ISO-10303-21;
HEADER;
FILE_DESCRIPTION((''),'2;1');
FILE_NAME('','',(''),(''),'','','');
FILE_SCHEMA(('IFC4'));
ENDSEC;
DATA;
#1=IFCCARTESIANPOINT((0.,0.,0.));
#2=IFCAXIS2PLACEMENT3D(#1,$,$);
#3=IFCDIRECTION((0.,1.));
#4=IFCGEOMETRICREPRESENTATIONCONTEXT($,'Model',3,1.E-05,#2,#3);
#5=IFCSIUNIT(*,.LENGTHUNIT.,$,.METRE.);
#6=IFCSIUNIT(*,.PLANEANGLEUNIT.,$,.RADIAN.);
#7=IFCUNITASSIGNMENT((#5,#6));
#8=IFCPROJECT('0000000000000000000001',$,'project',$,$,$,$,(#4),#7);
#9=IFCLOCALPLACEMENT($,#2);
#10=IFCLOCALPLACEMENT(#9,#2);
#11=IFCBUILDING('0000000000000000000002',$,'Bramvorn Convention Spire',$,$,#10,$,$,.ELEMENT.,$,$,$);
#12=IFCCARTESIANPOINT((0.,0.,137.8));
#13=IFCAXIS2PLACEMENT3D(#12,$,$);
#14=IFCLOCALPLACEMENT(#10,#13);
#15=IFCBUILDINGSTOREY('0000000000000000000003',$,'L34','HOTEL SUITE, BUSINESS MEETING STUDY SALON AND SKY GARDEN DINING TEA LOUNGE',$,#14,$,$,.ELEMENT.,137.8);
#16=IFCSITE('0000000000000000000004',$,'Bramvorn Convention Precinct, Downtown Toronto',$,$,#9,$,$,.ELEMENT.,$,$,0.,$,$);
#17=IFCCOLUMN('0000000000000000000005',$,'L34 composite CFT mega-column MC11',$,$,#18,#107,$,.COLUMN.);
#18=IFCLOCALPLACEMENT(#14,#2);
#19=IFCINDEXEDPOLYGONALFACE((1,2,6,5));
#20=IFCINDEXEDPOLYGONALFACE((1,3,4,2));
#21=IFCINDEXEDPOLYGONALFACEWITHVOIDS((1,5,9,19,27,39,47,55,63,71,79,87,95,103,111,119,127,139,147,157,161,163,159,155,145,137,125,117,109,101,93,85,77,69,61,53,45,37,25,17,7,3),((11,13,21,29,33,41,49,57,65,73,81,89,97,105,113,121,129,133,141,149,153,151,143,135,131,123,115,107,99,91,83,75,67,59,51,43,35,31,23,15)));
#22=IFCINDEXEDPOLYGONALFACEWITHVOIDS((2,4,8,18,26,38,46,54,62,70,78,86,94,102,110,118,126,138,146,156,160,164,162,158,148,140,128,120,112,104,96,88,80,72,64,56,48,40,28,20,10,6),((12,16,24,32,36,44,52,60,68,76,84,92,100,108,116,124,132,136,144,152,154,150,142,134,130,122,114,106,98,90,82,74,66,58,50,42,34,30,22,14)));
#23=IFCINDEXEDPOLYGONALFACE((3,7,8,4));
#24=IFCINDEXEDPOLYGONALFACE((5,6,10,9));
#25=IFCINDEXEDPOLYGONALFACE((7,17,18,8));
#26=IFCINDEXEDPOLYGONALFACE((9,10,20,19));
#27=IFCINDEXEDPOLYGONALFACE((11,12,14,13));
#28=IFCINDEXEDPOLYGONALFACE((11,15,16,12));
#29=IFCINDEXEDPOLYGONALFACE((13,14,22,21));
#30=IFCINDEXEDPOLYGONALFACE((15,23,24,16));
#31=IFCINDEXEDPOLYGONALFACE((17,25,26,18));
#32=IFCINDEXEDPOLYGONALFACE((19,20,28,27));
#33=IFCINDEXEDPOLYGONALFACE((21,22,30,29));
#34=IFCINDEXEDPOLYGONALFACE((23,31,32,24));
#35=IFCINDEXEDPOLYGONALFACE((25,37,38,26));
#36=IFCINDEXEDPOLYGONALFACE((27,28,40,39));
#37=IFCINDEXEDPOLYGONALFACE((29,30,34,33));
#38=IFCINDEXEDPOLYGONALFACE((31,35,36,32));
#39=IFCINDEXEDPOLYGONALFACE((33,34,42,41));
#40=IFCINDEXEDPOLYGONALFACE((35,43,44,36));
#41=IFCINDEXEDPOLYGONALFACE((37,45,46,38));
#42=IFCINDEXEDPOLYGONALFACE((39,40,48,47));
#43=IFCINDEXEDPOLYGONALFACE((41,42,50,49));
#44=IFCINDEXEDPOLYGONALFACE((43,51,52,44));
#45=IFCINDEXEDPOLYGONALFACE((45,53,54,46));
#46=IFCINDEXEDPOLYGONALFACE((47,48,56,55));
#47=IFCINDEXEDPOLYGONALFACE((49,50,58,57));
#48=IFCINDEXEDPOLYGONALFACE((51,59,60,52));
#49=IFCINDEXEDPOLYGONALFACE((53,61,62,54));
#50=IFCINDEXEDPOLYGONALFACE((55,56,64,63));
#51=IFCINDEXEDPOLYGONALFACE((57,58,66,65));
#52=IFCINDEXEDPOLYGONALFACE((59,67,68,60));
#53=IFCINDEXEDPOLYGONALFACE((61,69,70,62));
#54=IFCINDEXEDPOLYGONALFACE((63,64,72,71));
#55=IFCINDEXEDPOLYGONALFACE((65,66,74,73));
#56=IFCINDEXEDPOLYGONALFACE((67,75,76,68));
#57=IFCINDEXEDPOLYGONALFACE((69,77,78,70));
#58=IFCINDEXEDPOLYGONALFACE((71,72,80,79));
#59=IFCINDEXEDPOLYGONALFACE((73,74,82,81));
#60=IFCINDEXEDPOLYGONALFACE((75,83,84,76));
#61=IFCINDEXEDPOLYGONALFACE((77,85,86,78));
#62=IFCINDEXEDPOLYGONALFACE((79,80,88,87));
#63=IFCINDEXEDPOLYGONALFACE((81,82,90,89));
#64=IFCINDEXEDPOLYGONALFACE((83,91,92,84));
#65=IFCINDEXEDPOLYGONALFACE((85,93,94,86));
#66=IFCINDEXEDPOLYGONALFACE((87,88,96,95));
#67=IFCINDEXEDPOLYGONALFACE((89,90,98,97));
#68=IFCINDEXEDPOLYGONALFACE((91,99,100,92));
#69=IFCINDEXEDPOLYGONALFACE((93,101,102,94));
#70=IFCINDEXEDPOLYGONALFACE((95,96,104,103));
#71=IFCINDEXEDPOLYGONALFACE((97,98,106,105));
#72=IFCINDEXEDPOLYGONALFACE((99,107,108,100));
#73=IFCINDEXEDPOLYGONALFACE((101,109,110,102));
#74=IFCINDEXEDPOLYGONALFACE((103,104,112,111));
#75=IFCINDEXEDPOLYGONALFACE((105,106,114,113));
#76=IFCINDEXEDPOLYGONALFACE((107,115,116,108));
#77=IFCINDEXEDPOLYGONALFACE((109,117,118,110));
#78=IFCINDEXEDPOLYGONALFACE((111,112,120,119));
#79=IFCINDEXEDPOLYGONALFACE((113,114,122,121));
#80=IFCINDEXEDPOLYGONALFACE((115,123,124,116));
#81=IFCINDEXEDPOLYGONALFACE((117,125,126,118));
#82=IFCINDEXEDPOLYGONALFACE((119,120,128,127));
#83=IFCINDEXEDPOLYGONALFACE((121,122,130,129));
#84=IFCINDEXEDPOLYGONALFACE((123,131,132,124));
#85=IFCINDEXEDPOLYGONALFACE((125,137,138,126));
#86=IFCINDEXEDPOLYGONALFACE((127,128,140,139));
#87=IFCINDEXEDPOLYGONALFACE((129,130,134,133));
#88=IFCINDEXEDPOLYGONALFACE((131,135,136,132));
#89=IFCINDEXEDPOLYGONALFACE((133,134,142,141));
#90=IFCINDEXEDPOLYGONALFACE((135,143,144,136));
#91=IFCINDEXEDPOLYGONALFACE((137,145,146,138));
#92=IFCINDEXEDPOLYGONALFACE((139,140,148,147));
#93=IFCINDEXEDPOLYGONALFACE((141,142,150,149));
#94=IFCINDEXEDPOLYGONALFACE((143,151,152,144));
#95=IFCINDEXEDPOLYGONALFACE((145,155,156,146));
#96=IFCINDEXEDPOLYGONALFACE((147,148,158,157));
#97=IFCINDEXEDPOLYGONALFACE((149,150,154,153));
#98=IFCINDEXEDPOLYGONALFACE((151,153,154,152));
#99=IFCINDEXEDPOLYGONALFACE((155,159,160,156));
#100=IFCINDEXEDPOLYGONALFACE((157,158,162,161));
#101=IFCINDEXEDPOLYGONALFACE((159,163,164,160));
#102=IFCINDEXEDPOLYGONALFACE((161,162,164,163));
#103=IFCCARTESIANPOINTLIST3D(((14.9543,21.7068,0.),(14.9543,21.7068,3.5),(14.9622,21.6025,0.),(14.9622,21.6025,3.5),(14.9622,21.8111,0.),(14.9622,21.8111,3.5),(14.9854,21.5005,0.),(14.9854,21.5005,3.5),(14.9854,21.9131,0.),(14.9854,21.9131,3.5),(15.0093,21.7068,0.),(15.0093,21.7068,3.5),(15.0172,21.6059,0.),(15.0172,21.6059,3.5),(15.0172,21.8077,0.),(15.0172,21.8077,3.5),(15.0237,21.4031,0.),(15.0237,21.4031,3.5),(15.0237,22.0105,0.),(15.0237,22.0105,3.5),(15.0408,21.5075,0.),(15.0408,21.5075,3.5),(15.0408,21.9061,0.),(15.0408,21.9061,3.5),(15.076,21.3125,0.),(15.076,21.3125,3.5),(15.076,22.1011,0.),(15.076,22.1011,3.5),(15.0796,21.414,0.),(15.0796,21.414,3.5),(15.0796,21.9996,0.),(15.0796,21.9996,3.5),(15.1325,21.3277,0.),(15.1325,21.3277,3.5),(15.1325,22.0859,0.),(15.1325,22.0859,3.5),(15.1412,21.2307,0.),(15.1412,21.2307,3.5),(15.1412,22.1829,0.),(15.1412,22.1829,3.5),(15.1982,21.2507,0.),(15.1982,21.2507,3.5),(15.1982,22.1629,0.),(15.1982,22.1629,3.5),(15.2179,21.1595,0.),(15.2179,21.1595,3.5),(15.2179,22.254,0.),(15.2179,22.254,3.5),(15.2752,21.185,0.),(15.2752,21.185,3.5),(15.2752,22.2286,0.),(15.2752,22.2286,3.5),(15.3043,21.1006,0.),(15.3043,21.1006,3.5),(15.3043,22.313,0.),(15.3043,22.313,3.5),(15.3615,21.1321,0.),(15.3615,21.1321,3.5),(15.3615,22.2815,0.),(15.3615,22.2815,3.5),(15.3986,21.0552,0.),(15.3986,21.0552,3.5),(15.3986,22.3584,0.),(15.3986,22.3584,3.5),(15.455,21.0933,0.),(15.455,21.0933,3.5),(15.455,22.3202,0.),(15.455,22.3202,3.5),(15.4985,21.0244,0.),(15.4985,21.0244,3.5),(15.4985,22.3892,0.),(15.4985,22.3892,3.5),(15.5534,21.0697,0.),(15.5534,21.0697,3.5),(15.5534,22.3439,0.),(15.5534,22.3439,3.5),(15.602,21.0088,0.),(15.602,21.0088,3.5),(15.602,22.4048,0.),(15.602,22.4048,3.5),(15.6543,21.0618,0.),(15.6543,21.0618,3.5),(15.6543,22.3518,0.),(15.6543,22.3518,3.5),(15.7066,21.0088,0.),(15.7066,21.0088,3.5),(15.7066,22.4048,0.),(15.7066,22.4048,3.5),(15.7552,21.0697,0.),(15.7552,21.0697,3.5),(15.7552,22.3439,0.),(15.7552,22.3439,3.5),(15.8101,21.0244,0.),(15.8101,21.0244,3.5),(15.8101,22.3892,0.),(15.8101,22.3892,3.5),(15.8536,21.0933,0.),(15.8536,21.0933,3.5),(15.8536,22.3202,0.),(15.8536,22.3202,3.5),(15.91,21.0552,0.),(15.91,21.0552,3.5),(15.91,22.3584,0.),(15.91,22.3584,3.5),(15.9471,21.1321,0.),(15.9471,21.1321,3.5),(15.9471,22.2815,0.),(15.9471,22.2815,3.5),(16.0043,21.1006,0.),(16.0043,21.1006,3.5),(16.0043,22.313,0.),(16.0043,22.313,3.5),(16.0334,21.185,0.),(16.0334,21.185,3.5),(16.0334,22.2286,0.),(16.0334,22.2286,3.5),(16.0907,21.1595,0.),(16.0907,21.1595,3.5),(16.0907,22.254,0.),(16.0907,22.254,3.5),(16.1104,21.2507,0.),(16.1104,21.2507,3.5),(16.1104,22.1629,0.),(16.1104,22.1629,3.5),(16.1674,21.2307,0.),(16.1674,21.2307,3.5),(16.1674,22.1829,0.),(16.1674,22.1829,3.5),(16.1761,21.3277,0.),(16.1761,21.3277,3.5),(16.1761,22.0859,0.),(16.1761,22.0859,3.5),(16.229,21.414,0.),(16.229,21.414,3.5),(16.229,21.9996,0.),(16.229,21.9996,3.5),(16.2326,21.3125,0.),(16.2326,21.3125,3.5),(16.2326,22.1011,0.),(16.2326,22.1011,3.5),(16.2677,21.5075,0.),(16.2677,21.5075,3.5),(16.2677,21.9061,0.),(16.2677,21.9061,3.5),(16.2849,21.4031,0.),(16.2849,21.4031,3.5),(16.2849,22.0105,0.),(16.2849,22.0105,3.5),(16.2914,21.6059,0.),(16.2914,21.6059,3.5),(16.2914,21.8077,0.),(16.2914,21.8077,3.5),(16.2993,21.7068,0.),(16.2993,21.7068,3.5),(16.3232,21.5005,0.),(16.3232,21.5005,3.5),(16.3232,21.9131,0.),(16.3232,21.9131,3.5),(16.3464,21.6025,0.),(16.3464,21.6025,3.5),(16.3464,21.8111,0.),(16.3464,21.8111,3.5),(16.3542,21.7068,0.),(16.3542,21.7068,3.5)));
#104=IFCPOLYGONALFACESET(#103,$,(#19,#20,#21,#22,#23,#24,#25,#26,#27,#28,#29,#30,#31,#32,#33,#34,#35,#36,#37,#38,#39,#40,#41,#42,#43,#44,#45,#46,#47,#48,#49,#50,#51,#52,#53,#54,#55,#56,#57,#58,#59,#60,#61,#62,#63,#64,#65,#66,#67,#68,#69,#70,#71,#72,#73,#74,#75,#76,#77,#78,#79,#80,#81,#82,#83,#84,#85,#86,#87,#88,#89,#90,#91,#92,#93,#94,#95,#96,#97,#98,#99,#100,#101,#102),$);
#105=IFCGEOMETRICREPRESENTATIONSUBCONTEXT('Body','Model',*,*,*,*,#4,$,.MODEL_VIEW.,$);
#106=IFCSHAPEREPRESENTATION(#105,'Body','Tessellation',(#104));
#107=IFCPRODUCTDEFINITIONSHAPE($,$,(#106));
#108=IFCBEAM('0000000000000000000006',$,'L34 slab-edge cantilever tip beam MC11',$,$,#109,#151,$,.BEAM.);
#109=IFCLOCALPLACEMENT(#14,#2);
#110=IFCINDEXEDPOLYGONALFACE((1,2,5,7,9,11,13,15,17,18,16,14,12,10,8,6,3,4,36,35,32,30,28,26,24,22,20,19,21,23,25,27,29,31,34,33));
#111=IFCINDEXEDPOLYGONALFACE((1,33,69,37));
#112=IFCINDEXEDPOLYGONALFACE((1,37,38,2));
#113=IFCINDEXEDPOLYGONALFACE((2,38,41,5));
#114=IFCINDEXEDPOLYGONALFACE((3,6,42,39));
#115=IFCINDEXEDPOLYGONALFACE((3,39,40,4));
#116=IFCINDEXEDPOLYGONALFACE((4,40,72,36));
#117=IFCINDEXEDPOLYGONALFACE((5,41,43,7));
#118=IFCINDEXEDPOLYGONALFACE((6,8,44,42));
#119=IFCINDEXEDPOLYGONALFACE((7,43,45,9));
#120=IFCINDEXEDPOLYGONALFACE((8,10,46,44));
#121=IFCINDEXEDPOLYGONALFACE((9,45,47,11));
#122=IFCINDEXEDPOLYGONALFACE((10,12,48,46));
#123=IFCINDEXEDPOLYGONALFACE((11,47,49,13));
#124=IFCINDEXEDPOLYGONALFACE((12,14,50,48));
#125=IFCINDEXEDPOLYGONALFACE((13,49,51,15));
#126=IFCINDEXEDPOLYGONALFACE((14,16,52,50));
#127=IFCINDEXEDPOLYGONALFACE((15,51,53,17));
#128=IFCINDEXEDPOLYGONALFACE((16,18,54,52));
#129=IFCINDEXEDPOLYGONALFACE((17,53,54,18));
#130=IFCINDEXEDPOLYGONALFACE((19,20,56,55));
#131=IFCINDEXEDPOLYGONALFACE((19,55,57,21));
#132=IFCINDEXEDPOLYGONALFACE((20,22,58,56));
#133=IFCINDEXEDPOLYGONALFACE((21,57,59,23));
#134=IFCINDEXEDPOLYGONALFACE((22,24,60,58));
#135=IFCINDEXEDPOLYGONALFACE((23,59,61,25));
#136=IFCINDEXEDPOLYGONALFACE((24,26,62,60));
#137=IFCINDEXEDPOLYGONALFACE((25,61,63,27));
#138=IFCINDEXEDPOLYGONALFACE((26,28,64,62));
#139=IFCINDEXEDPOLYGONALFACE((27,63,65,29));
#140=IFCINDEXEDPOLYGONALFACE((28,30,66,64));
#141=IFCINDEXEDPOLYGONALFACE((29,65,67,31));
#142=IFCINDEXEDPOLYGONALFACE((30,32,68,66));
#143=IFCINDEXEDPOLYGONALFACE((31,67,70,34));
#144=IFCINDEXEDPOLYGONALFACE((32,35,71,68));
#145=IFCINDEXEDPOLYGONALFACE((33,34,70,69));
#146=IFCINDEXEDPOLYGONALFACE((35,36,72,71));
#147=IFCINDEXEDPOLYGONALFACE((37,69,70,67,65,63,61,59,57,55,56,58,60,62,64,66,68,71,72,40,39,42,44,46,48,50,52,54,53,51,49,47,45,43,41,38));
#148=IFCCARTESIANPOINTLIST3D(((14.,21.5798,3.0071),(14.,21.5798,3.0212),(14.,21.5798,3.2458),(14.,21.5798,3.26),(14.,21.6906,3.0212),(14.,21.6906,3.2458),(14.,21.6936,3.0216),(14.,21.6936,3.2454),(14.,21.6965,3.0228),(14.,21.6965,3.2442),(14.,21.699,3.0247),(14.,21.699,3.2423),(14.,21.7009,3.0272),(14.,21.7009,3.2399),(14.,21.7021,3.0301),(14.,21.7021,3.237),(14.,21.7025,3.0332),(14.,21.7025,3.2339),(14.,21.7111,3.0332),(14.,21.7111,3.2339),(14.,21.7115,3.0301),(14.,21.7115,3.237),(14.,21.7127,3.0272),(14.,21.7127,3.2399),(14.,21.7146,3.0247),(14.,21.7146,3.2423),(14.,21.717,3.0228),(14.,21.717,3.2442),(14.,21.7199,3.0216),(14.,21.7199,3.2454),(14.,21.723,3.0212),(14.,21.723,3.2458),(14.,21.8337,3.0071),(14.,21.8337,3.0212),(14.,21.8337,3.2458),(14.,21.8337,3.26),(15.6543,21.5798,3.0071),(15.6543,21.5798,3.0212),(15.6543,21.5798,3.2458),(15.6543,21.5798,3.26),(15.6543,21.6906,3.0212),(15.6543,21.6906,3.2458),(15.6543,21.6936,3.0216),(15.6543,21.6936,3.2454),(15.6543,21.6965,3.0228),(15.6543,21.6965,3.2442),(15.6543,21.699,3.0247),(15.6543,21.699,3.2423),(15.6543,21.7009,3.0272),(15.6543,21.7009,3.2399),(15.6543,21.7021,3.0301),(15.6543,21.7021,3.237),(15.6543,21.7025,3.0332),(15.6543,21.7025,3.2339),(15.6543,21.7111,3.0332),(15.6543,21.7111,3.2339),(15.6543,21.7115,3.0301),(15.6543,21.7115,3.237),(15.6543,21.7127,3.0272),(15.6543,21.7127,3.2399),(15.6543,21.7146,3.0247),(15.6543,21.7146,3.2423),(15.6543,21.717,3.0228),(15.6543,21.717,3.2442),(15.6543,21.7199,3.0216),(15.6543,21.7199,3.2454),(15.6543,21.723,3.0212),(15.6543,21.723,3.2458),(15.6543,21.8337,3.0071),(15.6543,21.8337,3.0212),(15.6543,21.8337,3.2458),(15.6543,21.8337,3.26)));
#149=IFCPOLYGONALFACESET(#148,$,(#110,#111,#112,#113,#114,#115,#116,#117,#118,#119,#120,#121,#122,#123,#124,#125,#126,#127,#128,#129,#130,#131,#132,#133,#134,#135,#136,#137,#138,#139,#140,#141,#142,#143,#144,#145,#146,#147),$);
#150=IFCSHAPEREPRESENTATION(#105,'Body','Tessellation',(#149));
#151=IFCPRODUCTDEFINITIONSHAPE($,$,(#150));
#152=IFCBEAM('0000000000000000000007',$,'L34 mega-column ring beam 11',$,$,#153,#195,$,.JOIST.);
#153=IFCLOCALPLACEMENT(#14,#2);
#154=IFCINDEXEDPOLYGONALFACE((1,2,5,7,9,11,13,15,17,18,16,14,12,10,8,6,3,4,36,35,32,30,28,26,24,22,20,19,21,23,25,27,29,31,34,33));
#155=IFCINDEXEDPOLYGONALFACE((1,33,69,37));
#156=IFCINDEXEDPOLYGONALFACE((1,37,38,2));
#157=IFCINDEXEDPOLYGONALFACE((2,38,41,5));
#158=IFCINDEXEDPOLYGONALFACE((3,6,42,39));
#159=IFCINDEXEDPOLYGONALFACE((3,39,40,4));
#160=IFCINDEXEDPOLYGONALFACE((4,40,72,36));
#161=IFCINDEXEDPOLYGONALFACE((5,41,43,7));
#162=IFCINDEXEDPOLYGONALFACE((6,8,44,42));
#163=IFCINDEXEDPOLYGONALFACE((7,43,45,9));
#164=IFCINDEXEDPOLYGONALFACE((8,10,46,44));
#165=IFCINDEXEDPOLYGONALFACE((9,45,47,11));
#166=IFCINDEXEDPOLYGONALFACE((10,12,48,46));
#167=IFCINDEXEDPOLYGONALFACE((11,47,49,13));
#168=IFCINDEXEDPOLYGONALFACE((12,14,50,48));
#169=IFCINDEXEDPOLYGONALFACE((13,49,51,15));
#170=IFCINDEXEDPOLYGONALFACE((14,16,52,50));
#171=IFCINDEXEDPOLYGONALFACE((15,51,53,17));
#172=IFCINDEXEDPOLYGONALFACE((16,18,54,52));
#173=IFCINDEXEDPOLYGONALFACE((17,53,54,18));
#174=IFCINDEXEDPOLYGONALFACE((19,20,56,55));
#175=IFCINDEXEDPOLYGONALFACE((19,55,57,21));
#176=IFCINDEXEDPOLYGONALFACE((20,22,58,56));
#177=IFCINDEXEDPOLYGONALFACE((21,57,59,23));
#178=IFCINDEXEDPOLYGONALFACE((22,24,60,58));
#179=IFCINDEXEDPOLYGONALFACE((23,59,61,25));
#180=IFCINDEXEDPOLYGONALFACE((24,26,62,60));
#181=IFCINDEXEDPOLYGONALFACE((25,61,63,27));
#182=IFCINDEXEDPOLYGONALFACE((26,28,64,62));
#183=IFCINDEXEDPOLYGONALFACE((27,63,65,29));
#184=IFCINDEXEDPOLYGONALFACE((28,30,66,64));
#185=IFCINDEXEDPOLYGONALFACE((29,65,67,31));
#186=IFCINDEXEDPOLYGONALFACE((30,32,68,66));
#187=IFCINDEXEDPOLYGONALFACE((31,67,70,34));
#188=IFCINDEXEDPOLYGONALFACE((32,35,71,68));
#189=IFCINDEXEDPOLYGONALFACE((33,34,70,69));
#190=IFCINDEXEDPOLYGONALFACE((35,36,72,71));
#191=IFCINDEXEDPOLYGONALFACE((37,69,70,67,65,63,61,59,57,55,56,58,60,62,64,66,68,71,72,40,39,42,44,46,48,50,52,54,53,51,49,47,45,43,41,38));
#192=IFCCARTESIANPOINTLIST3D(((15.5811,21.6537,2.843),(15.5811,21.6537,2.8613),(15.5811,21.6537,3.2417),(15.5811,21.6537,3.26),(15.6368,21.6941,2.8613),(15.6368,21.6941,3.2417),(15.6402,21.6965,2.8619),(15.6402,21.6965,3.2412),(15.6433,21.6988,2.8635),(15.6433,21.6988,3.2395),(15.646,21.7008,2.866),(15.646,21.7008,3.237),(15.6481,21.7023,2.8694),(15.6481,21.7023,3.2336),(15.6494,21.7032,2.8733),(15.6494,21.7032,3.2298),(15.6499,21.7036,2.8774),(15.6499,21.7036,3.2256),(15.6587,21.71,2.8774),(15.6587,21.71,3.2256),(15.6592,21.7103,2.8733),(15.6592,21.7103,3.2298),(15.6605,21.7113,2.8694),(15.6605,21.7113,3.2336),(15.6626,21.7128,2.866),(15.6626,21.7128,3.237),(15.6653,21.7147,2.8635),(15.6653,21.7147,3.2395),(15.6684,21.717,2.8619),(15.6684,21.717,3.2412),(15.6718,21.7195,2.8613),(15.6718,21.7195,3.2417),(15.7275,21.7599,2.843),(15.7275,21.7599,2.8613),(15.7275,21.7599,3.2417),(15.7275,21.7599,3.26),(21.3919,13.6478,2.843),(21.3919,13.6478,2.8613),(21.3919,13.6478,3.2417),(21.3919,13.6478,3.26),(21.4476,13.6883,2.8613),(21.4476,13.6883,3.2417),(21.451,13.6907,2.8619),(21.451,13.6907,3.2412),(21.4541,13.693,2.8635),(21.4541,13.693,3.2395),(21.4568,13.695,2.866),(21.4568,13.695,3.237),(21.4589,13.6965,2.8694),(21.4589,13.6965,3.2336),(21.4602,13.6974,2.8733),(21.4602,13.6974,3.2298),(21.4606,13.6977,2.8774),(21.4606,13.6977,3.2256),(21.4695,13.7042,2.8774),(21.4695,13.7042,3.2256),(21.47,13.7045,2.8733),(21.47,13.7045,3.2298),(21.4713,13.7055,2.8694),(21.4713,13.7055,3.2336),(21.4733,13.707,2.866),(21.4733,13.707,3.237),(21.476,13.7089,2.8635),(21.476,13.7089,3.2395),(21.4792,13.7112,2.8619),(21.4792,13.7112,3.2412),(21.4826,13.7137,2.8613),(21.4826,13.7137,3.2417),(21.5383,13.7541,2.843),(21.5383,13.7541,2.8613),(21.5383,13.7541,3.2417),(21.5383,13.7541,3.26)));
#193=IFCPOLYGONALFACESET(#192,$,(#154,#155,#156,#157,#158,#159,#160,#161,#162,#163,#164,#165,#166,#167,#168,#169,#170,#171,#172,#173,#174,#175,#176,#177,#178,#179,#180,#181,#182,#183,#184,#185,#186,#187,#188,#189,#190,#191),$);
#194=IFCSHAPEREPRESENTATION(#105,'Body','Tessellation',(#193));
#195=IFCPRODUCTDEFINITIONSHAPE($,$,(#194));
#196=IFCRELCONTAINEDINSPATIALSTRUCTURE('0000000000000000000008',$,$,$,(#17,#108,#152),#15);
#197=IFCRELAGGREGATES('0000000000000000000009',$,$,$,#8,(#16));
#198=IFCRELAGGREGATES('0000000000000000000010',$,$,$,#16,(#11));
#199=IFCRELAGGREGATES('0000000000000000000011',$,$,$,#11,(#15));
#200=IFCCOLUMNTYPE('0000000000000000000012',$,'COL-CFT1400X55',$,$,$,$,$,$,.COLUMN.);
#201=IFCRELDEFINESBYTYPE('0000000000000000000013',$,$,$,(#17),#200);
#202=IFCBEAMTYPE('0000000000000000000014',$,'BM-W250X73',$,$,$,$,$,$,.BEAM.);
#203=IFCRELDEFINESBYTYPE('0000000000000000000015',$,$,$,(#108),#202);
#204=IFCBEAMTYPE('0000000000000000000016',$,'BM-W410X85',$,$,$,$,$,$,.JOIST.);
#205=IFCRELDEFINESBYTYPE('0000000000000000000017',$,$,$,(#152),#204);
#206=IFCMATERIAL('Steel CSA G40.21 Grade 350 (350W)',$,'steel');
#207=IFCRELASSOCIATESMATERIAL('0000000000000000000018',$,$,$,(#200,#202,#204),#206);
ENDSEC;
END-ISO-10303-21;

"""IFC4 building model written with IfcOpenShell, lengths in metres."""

from ifc_helpers import new_model, si_unit, direction, frame, origin, origin_2d, place, context, subcontext, project, spatial, hollow_circle, i_section, extrude, material, material_profile, profile_set, type_object, element, save


model = new_model("IFC4")

# Units and contexts
model_context = context("Model", 3, precision=1e-05, world=origin(), true_north=direction((0.0, 1.0)))
body_context = subcontext(model_context, "Body", "Model", "MODEL_VIEW")
ifc_project = project(units=[si_unit("LENGTHUNIT", "METRE"), si_unit("PLANEANGLEUNIT", "RADIAN")], contexts=[model_context])

# Site, building, storey
site_placement = place(None, origin())
site = spatial("IfcSite", under=ifc_project, at=site_placement, Name="Bramvorn Convention Precinct, Downtown Toronto", CompositionType="ELEMENT", RefElevation=0.0)
building_placement = place(site_placement, origin())
building = spatial("IfcBuilding", under=site, at=building_placement, Name="Bramvorn Convention Spire", CompositionType="ELEMENT")
storey_placement = place(building_placement, frame((0.0, 0.0, 137.8)))
storey = spatial("IfcBuildingStorey", under=building, at=storey_placement, Name="L34", Description="HOTEL SUITE, BUSINESS MEETING STUDY SALON AND SKY GARDEN DINING TEA LOUNGE", CompositionType="ELEMENT", Elevation=137.8)

# Column
ifc_material_1 = material(Name="Steel CSA G40.21 Grade 350 (350W)", Category="steel")
ifc_material_profile_1 = material_profile(ifc_material_1, hollow_circle(Radius=0.7, WallThickness=0.0549, at=origin_2d()))
ifc_profile_set_1 = profile_set([ifc_material_profile_1], Name="Steel CSA G40.21 Grade 350 (350W) - CFT1400X55")
column_type = type_object("IfcColumnType", Name="COL-CFT1400X55", PredefinedType="COLUMN", material=ifc_profile_set_1)
column_placement = place(storey_placement, frame((15.6543, 21.7068, 0.0), z_axis=(0.0, 0.0, 1.0), x_axis=(1.0, 0.0, 0.0)))
element("IfcColumn", 1, at=column_placement, inside=storey, type_object=column_type, Name="L34 composite CFT mega-column MC11", PredefinedType="COLUMN", context=body_context, shape_type="SweptSolid", body=[
    extrude(hollow_circle(Radius=0.7, WallThickness=0.0549, at=origin_2d()), origin(), (0.0, 0.0, 1.0), 3.5),
])

# Beams
ifc_material_profile_2 = material_profile(ifc_material_1, i_section(OverallWidth=0.2539, OverallDepth=0.2529, WebThickness=0.0085, FlangeThickness=0.0142, FilletRadius=0.012, at=origin_2d()))
ifc_profile_set_2 = profile_set([ifc_material_profile_2], Name="Steel CSA G40.21 Grade 350 (350W) - W250X73")
beam_type_1 = type_object("IfcBeamType", Name="BM-W250X73", PredefinedType="BEAM", material=ifc_profile_set_2)
beam_1_placement = place(storey_placement, frame((15.6543, 21.7068, 3.1335), z_axis=(-1.0, 0.0, 0.0), x_axis=(0.0, -1.0, 0.0)))
element("IfcBeam", 2, at=beam_1_placement, inside=storey, type_object=beam_type_1, Name="L34 slab-edge cantilever tip beam MC11", PredefinedType="BEAM", context=body_context, shape_type="SweptSolid", body=[
    extrude(i_section(OverallWidth=0.2539, OverallDepth=0.2529, WebThickness=0.0085, FlangeThickness=0.0142, FilletRadius=0.012, at=origin_2d()), origin(), (0.0, 0.0, 1.0), 1.6543),
])
ifc_material_profile_3 = material_profile(ifc_material_1, i_section(OverallWidth=0.1809, OverallDepth=0.417, WebThickness=0.011, FlangeThickness=0.0183, FilletRadius=0.0161, at=origin_2d()))
ifc_profile_set_3 = profile_set([ifc_material_profile_3], Name="Steel CSA G40.21 Grade 350 (350W) - W410X85")
beam_type_2 = type_object("IfcBeamType", Name="BM-W410X85", PredefinedType="JOIST", material=ifc_profile_set_3)
beam_2_placement = place(storey_placement, frame((15.6543, 21.7068, 3.0515), z_axis=(0.587401, -0.809296, 0.0), x_axis=(0.809296, 0.587401, 0.0)))
element("IfcBeam", 3, at=beam_2_placement, inside=storey, type_object=beam_type_2, Name="L34 mega-column ring beam 11", PredefinedType="JOIST", context=body_context, shape_type="SweptSolid", body=[
    extrude(i_section(OverallWidth=0.1809, OverallDepth=0.417, WebThickness=0.011, FlangeThickness=0.0183, FilletRadius=0.0161, at=origin_2d()), origin(), (0.0, 0.0, 1.0), 9.8923),
])

save(model, "model.ifc")
